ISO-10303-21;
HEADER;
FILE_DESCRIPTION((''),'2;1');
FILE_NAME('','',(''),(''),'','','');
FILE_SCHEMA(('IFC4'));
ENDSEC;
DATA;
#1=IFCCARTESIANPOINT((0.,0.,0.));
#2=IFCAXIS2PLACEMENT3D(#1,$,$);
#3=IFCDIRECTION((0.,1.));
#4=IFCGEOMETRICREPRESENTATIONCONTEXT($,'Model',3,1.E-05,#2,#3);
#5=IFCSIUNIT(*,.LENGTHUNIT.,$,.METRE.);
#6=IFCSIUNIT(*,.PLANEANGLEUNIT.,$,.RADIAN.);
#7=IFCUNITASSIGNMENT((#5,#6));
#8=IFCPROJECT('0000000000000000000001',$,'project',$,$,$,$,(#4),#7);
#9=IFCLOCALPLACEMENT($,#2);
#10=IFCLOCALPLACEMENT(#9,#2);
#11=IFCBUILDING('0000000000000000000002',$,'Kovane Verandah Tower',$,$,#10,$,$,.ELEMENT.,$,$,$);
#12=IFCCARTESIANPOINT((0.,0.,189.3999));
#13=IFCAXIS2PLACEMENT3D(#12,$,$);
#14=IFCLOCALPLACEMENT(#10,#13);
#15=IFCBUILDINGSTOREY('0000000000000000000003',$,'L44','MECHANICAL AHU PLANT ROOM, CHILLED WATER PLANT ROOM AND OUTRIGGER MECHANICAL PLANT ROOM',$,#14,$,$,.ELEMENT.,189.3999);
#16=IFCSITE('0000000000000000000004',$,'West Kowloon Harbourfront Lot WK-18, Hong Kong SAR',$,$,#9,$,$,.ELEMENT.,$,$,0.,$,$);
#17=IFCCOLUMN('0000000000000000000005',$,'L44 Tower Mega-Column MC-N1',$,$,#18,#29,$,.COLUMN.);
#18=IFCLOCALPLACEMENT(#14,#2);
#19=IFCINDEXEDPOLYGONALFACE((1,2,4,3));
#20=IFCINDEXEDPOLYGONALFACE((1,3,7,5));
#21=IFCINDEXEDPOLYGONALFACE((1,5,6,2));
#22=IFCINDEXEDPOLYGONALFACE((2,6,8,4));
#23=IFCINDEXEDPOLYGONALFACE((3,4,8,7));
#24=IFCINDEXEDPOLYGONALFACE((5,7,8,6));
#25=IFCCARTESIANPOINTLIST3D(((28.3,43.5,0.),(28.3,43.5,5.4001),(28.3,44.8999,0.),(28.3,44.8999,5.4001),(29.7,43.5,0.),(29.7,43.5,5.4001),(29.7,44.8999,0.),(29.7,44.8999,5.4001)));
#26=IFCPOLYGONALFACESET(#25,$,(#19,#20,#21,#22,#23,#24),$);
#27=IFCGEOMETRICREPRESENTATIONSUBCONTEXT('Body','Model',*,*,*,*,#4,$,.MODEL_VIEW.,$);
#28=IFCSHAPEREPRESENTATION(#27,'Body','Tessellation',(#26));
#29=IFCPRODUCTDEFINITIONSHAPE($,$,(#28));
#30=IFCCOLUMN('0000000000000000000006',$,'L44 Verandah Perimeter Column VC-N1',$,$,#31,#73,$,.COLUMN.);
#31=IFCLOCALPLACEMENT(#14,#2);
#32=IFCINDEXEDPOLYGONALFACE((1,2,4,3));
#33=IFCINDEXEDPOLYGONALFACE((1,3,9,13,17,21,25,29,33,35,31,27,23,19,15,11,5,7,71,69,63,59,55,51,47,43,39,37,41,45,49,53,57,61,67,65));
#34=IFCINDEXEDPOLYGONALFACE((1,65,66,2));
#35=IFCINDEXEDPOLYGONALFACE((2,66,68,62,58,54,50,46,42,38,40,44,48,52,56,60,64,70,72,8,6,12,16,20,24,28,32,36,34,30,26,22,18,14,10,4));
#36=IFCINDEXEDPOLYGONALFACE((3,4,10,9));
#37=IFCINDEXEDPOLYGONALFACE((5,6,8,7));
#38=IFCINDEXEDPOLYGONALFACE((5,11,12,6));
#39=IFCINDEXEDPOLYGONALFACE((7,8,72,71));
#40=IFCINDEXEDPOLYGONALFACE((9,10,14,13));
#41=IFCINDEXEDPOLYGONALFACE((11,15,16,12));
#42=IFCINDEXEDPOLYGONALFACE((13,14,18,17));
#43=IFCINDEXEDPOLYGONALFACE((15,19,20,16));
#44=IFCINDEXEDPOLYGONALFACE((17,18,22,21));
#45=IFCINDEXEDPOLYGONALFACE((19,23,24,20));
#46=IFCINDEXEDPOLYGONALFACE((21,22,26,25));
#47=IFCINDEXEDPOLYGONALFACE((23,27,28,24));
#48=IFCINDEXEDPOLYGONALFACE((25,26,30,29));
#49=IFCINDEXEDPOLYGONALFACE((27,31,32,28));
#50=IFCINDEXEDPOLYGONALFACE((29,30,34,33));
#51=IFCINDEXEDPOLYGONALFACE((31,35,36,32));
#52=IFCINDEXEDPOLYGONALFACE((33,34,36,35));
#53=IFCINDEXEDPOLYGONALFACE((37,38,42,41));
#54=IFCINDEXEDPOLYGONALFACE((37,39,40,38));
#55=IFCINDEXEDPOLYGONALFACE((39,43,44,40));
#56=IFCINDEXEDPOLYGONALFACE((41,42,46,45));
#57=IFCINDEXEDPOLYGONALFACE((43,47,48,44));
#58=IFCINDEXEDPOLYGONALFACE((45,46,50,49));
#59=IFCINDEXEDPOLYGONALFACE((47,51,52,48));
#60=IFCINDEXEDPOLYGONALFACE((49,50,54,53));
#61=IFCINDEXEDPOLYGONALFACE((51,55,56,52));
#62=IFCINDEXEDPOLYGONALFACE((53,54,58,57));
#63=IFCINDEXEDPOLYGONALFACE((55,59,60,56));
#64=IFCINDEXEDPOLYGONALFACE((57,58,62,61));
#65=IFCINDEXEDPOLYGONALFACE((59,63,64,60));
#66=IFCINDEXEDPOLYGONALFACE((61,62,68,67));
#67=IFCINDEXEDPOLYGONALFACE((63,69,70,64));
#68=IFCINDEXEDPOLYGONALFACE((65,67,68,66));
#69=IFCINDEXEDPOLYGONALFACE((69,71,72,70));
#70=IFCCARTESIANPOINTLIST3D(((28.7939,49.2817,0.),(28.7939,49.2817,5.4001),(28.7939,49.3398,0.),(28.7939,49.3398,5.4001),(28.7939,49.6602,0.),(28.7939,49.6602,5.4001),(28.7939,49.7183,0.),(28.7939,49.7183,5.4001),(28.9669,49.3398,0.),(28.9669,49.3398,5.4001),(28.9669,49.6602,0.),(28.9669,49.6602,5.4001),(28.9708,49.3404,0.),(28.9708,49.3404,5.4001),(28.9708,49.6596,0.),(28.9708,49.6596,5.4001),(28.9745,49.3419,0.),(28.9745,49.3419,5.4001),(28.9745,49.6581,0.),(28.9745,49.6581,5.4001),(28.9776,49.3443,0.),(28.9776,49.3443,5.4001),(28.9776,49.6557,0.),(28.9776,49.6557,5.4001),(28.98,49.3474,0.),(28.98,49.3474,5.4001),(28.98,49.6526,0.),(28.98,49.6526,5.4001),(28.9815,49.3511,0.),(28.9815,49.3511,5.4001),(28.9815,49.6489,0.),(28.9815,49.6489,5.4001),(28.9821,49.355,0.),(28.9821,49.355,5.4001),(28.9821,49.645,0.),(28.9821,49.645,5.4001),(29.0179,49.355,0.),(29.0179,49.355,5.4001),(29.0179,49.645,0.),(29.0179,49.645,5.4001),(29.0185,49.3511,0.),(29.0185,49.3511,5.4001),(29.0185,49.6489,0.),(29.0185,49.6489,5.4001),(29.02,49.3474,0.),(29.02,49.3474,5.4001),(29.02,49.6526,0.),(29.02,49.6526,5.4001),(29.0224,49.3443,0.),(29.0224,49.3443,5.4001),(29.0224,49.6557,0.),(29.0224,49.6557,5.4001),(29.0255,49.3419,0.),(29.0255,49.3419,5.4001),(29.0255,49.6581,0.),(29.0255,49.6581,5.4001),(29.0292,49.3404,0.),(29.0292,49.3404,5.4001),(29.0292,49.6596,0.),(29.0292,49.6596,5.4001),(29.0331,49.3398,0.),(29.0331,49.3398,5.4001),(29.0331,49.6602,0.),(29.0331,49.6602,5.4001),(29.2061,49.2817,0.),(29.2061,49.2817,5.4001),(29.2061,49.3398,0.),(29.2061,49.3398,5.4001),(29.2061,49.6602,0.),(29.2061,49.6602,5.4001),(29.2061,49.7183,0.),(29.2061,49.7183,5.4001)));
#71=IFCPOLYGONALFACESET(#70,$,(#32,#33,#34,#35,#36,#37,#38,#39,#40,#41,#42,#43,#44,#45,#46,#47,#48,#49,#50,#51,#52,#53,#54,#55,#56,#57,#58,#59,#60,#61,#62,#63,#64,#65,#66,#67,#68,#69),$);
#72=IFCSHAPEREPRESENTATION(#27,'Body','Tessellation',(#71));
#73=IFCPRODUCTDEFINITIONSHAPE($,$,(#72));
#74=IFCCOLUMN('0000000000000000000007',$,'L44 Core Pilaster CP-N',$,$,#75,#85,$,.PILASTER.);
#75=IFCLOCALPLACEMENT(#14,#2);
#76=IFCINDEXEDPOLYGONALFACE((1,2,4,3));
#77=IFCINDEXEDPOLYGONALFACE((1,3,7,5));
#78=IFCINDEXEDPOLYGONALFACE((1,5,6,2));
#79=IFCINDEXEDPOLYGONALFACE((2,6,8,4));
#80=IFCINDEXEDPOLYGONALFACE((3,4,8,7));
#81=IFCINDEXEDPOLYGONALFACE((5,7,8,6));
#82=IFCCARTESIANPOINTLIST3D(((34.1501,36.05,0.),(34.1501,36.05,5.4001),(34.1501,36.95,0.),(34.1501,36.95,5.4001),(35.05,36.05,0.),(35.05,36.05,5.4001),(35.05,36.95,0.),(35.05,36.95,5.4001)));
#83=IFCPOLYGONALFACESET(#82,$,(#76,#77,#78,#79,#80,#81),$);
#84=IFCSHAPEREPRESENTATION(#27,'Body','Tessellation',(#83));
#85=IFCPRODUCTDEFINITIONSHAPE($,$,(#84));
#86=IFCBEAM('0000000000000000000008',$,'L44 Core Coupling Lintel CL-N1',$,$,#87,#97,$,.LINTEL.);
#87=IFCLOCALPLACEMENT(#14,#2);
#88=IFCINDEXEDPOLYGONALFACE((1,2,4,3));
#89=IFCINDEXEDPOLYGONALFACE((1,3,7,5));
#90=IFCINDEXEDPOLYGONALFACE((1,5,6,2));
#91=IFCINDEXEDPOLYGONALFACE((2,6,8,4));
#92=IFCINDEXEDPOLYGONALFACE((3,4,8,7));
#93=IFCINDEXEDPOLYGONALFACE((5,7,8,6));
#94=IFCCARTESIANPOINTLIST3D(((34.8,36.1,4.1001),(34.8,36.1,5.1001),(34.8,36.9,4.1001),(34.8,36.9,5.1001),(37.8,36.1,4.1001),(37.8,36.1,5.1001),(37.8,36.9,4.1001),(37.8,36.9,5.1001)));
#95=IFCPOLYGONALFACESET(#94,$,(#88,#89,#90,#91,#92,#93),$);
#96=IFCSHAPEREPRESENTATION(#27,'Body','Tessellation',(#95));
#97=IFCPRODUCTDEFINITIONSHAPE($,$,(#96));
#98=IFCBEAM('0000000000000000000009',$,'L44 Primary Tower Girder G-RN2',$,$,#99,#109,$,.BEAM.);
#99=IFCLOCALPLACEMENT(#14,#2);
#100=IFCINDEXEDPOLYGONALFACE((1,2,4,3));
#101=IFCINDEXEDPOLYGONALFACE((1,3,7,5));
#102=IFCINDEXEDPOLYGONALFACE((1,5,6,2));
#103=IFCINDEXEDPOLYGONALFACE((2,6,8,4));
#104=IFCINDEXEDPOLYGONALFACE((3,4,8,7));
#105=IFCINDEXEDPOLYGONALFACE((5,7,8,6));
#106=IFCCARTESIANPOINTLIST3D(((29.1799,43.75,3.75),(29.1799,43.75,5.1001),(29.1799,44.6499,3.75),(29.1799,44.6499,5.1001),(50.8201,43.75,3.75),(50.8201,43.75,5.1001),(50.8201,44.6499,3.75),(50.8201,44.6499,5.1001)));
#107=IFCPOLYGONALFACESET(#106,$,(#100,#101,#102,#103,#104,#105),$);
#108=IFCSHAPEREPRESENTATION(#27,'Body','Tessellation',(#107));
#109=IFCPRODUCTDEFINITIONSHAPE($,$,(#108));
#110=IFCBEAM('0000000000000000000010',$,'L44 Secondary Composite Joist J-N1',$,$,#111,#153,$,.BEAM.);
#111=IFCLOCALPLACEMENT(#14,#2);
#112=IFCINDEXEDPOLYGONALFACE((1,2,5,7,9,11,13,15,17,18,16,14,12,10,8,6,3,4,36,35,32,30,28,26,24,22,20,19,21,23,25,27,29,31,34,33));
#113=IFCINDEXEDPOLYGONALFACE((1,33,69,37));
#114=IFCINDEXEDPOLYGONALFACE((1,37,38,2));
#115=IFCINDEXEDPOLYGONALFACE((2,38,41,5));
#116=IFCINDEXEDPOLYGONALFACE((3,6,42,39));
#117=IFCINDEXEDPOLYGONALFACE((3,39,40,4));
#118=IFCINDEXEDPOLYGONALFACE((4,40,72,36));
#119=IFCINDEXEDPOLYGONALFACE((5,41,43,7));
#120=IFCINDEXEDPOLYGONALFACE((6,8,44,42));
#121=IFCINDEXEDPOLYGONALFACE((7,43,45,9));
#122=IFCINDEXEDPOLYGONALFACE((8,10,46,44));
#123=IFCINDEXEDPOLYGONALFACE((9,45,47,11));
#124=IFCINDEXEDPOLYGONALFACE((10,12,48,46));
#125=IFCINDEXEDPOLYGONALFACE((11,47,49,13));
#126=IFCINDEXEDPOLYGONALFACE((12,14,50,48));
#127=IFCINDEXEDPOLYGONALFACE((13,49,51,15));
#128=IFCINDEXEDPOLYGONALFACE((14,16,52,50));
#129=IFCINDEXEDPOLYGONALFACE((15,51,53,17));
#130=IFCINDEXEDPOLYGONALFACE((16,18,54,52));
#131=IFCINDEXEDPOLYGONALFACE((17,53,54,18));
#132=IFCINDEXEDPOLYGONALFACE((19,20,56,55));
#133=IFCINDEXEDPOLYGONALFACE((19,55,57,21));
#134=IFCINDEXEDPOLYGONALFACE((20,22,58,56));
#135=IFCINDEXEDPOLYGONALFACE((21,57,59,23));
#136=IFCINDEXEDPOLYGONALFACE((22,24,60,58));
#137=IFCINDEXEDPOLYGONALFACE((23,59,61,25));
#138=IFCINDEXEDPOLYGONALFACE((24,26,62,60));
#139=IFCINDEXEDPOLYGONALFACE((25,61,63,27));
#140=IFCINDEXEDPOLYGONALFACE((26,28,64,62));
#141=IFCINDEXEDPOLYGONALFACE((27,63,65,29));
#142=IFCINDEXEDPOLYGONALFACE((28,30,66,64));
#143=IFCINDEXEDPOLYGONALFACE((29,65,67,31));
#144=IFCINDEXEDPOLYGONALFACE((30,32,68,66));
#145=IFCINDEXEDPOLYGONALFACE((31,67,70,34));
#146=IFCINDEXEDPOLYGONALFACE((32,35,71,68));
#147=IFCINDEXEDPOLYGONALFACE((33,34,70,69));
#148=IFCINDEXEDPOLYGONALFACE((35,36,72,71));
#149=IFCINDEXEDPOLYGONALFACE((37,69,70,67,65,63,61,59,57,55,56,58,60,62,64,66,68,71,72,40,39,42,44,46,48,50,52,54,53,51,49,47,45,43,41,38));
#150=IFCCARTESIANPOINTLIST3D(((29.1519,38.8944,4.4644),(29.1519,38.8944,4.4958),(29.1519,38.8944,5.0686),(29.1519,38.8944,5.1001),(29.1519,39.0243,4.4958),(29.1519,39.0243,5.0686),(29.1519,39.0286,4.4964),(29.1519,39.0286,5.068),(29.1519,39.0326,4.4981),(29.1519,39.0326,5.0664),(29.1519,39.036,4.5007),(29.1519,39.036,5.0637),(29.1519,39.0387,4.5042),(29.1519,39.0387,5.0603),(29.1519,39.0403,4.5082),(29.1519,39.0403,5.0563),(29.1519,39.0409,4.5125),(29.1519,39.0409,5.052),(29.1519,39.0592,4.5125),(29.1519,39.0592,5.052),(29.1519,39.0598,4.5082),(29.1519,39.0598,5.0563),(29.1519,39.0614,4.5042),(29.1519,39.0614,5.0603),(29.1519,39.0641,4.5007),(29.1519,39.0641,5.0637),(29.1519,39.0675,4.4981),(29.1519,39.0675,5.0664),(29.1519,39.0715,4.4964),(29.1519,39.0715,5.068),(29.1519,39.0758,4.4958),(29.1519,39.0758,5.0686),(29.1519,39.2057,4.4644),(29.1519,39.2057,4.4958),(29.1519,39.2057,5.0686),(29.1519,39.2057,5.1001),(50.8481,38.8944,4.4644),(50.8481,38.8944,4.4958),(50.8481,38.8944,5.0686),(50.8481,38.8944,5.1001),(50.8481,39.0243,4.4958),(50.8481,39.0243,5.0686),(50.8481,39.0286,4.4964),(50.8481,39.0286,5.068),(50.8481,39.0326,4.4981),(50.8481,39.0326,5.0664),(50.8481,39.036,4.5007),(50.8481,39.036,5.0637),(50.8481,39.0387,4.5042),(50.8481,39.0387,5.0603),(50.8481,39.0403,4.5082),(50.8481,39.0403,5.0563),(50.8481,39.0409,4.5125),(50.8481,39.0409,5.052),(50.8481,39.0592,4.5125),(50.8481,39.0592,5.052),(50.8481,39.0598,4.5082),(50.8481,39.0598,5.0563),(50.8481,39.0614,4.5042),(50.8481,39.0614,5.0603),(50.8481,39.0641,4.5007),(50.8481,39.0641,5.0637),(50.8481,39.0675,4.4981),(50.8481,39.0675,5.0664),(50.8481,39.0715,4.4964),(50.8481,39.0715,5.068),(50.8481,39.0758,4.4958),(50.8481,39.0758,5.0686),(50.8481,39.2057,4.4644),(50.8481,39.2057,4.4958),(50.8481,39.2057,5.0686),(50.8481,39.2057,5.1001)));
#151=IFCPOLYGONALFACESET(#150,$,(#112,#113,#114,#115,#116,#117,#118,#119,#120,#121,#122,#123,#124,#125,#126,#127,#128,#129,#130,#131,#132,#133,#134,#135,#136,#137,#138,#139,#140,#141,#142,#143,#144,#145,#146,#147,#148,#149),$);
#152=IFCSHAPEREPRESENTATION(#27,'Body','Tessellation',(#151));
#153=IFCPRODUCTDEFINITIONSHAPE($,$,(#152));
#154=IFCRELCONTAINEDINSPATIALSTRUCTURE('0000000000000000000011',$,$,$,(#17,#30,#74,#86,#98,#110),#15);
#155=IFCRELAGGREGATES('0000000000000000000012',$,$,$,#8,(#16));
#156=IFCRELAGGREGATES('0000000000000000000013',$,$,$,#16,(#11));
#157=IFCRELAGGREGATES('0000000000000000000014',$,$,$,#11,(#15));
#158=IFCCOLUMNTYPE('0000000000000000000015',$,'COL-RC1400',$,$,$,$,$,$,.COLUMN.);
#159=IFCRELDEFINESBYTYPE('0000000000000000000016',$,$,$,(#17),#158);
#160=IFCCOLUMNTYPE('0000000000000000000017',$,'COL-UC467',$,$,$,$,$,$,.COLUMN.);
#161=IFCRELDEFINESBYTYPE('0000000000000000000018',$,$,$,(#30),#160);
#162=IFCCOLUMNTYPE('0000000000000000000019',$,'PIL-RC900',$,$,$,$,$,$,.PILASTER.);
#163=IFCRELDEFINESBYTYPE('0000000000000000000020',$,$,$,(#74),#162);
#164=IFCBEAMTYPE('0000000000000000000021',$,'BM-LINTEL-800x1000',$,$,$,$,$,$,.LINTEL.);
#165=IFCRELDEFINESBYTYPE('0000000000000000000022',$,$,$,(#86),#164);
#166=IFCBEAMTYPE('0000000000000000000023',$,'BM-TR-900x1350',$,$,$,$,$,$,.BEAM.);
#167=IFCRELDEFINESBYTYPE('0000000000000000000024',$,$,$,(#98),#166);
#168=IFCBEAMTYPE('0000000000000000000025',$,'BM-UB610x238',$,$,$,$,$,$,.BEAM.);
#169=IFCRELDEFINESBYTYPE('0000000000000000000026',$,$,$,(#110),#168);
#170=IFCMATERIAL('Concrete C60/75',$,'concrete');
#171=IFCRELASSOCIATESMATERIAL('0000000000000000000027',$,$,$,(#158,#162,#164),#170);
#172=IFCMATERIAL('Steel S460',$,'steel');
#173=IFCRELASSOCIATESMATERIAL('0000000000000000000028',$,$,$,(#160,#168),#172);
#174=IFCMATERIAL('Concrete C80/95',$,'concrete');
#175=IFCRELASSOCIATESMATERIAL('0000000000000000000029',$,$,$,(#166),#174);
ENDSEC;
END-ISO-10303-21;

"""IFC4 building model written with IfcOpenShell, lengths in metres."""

from ifc_helpers import new_model, si_unit, direction, frame, origin, origin_2d, place, context, subcontext, project, spatial, rectangle, i_section, extrude, material, material_profile, profile_set, type_object, element, save


model = new_model("IFC4")

# Units and contexts
model_context = context("Model", 3, precision=1e-05, world=origin(), true_north=direction((0.0, 1.0)))
body_context = subcontext(model_context, "Body", "Model", "MODEL_VIEW")
ifc_project = project(units=[si_unit("LENGTHUNIT", "METRE"), si_unit("PLANEANGLEUNIT", "RADIAN")], contexts=[model_context])

# Site, building, storey
site_placement = place(None, origin())
site = spatial("IfcSite", under=ifc_project, at=site_placement, Name="West Kowloon Harbourfront Lot WK-18, Hong Kong SAR", CompositionType="ELEMENT", RefElevation=0.0)
building_placement = place(site_placement, origin())
building = spatial("IfcBuilding", under=site, at=building_placement, Name="Kovane Verandah Tower", CompositionType="ELEMENT")
storey_placement = place(building_placement, frame((0.0, 0.0, 189.3999)))
storey = spatial("IfcBuildingStorey", under=building, at=storey_placement, Name="L44", Description="MECHANICAL AHU PLANT ROOM, CHILLED WATER PLANT ROOM AND OUTRIGGER MECHANICAL PLANT ROOM", CompositionType="ELEMENT", Elevation=189.3999)

# Columns
ifc_material_1 = material(Name="Concrete C60/75", Category="concrete")
ifc_material_profile_1 = material_profile(ifc_material_1, rectangle(XDim=1.3999, YDim=1.3999, at=origin_2d()), Name="RC1400x1400")
ifc_profile_set_1 = profile_set([ifc_material_profile_1], Name="Concrete C60/75")
column_type_1 = type_object("IfcColumnType", Name="COL-RC1400", PredefinedType="COLUMN", material=ifc_profile_set_1)
column_1_placement = place(storey_placement, frame((29.0, 44.2, 0.0), z_axis=(0.0, 0.0, 1.0), x_axis=(1.0, 0.0, 0.0)))
element("IfcColumn", 1, at=column_1_placement, inside=storey, type_object=column_type_1, Name="L44 Tower Mega-Column MC-N1", PredefinedType="COLUMN", context=body_context, shape_type="SweptSolid", body=[
    extrude(rectangle(XDim=1.3999, YDim=1.3999, at=origin_2d()), origin(), (0.0, 0.0, 1.0), 5.4001),
])
ifc_material_2 = material(Name="Steel S460", Category="steel")
ifc_material_profile_2 = material_profile(ifc_material_2, i_section(OverallWidth=0.4121, OverallDepth=0.4365, WebThickness=0.0359, FlangeThickness=0.0581, FilletRadius=0.0151, at=origin_2d()), Name="UC356x406x467")
ifc_profile_set_2 = profile_set([ifc_material_profile_2], Name="Steel S460")
column_type_2 = type_object("IfcColumnType", Name="COL-UC467", PredefinedType="COLUMN", material=ifc_profile_set_2)
column_2_placement = place(storey_placement, frame((29.0, 49.5, 0.0), z_axis=(0.0, 0.0, 1.0), x_axis=(1.0, 0.0, 0.0)))
element("IfcColumn", 2, at=column_2_placement, inside=storey, type_object=column_type_2, Name="L44 Verandah Perimeter Column VC-N1", PredefinedType="COLUMN", context=body_context, shape_type="SweptSolid", body=[
    extrude(i_section(OverallWidth=0.4121, OverallDepth=0.4365, WebThickness=0.0359, FlangeThickness=0.0581, FilletRadius=0.0151, at=origin_2d()), origin(), (0.0, 0.0, 1.0), 5.4001),
])
ifc_material_profile_3 = material_profile(ifc_material_1, rectangle(XDim=0.8999, YDim=0.8999, at=origin_2d()), Name="RC900x900")
ifc_profile_set_3 = profile_set([ifc_material_profile_3], Name="Concrete C60/75")
column_type_3 = type_object("IfcColumnType", Name="PIL-RC900", PredefinedType="PILASTER", material=ifc_profile_set_3)
column_3_placement = place(storey_placement, frame((34.6001, 36.5, 0.0), z_axis=(0.0, 0.0, 1.0), x_axis=(1.0, 0.0, 0.0)))
element("IfcColumn", 3, at=column_3_placement, inside=storey, type_object=column_type_3, Name="L44 Core Pilaster CP-N", PredefinedType="PILASTER", context=body_context, shape_type="SweptSolid", body=[
    extrude(rectangle(XDim=0.8999, YDim=0.8999, at=origin_2d()), origin(), (0.0, 0.0, 1.0), 5.4001),
])

# Beams
ifc_material_profile_4 = material_profile(ifc_material_1, rectangle(XDim=0.8, YDim=1.0, at=origin_2d()), Name="RCB800x1000")
ifc_profile_set_4 = profile_set([ifc_material_profile_4], Name="Concrete C60/75")
beam_type_1 = type_object("IfcBeamType", Name="BM-LINTEL-800x1000", PredefinedType="LINTEL", material=ifc_profile_set_4)
beam_1_placement = place(storey_placement, frame((34.8, 36.5, 4.6001), z_axis=(1.0, 0.0, 0.0), x_axis=(0.0, 1.0, 0.0)))
element("IfcBeam", 4, at=beam_1_placement, inside=storey, type_object=beam_type_1, Name="L44 Core Coupling Lintel CL-N1", PredefinedType="LINTEL", context=body_context, shape_type="SweptSolid", body=[
    extrude(rectangle(XDim=0.8, YDim=1.0, at=origin_2d()), origin(), (0.0, 0.0, 1.0), 3.0),
])
ifc_material_3 = material(Name="Concrete C80/95", Category="concrete")
ifc_material_profile_5 = material_profile(ifc_material_3, rectangle(XDim=0.8999, YDim=1.3501, at=origin_2d()), Name="RCB900x1350")
ifc_profile_set_5 = profile_set([ifc_material_profile_5], Name="Concrete C80/95")
beam_type_2 = type_object("IfcBeamType", Name="BM-TR-900x1350", PredefinedType="BEAM", material=ifc_profile_set_5)
beam_2_placement = place(storey_placement, frame((29.1799, 44.2, 4.425), z_axis=(1.0, 0.0, 0.0), x_axis=(0.0, 1.0, 0.0)))
element("IfcBeam", 5, at=beam_2_placement, inside=storey, type_object=beam_type_2, Name="L44 Primary Tower Girder G-RN2", PredefinedType="BEAM", context=body_context, shape_type="SweptSolid", body=[
    extrude(rectangle(XDim=0.8999, YDim=1.3501, at=origin_2d()), origin(), (0.0, 0.0, 1.0), 21.6401),
])
ifc_material_profile_6 = material_profile(ifc_material_2, i_section(OverallWidth=0.3113, OverallDepth=0.6357, WebThickness=0.0183, FlangeThickness=0.0315, FilletRadius=0.0166, at=origin_2d()), Name="UB610x305x238")
ifc_profile_set_6 = profile_set([ifc_material_profile_6], Name="Steel S460")
beam_type_3 = type_object("IfcBeamType", Name="BM-UB610x238", PredefinedType="BEAM", material=ifc_profile_set_6)
for number, where, z_axis, x_axis, name in (
    (6, (29.1519, 39.05, 4.7822), (1.0, 0.0, 0.0), (0.0, 1.0, 0.0), "L44 Secondary Composite Joist J-N1"),
):
    element("IfcBeam", number, at=place(storey_placement, frame(where, z_axis=z_axis, x_axis=x_axis)), inside=storey, type_object=beam_type_3, Name=name, PredefinedType="BEAM", context=body_context, shape_type="SweptSolid", body=[
        extrude(i_section(OverallWidth=0.3113, OverallDepth=0.6357, WebThickness=0.0183, FlangeThickness=0.0315, FilletRadius=0.0166, at=origin_2d()), origin(), (0.0, 0.0, 1.0), 21.6963),
    ])

save(model, "model.ifc")
